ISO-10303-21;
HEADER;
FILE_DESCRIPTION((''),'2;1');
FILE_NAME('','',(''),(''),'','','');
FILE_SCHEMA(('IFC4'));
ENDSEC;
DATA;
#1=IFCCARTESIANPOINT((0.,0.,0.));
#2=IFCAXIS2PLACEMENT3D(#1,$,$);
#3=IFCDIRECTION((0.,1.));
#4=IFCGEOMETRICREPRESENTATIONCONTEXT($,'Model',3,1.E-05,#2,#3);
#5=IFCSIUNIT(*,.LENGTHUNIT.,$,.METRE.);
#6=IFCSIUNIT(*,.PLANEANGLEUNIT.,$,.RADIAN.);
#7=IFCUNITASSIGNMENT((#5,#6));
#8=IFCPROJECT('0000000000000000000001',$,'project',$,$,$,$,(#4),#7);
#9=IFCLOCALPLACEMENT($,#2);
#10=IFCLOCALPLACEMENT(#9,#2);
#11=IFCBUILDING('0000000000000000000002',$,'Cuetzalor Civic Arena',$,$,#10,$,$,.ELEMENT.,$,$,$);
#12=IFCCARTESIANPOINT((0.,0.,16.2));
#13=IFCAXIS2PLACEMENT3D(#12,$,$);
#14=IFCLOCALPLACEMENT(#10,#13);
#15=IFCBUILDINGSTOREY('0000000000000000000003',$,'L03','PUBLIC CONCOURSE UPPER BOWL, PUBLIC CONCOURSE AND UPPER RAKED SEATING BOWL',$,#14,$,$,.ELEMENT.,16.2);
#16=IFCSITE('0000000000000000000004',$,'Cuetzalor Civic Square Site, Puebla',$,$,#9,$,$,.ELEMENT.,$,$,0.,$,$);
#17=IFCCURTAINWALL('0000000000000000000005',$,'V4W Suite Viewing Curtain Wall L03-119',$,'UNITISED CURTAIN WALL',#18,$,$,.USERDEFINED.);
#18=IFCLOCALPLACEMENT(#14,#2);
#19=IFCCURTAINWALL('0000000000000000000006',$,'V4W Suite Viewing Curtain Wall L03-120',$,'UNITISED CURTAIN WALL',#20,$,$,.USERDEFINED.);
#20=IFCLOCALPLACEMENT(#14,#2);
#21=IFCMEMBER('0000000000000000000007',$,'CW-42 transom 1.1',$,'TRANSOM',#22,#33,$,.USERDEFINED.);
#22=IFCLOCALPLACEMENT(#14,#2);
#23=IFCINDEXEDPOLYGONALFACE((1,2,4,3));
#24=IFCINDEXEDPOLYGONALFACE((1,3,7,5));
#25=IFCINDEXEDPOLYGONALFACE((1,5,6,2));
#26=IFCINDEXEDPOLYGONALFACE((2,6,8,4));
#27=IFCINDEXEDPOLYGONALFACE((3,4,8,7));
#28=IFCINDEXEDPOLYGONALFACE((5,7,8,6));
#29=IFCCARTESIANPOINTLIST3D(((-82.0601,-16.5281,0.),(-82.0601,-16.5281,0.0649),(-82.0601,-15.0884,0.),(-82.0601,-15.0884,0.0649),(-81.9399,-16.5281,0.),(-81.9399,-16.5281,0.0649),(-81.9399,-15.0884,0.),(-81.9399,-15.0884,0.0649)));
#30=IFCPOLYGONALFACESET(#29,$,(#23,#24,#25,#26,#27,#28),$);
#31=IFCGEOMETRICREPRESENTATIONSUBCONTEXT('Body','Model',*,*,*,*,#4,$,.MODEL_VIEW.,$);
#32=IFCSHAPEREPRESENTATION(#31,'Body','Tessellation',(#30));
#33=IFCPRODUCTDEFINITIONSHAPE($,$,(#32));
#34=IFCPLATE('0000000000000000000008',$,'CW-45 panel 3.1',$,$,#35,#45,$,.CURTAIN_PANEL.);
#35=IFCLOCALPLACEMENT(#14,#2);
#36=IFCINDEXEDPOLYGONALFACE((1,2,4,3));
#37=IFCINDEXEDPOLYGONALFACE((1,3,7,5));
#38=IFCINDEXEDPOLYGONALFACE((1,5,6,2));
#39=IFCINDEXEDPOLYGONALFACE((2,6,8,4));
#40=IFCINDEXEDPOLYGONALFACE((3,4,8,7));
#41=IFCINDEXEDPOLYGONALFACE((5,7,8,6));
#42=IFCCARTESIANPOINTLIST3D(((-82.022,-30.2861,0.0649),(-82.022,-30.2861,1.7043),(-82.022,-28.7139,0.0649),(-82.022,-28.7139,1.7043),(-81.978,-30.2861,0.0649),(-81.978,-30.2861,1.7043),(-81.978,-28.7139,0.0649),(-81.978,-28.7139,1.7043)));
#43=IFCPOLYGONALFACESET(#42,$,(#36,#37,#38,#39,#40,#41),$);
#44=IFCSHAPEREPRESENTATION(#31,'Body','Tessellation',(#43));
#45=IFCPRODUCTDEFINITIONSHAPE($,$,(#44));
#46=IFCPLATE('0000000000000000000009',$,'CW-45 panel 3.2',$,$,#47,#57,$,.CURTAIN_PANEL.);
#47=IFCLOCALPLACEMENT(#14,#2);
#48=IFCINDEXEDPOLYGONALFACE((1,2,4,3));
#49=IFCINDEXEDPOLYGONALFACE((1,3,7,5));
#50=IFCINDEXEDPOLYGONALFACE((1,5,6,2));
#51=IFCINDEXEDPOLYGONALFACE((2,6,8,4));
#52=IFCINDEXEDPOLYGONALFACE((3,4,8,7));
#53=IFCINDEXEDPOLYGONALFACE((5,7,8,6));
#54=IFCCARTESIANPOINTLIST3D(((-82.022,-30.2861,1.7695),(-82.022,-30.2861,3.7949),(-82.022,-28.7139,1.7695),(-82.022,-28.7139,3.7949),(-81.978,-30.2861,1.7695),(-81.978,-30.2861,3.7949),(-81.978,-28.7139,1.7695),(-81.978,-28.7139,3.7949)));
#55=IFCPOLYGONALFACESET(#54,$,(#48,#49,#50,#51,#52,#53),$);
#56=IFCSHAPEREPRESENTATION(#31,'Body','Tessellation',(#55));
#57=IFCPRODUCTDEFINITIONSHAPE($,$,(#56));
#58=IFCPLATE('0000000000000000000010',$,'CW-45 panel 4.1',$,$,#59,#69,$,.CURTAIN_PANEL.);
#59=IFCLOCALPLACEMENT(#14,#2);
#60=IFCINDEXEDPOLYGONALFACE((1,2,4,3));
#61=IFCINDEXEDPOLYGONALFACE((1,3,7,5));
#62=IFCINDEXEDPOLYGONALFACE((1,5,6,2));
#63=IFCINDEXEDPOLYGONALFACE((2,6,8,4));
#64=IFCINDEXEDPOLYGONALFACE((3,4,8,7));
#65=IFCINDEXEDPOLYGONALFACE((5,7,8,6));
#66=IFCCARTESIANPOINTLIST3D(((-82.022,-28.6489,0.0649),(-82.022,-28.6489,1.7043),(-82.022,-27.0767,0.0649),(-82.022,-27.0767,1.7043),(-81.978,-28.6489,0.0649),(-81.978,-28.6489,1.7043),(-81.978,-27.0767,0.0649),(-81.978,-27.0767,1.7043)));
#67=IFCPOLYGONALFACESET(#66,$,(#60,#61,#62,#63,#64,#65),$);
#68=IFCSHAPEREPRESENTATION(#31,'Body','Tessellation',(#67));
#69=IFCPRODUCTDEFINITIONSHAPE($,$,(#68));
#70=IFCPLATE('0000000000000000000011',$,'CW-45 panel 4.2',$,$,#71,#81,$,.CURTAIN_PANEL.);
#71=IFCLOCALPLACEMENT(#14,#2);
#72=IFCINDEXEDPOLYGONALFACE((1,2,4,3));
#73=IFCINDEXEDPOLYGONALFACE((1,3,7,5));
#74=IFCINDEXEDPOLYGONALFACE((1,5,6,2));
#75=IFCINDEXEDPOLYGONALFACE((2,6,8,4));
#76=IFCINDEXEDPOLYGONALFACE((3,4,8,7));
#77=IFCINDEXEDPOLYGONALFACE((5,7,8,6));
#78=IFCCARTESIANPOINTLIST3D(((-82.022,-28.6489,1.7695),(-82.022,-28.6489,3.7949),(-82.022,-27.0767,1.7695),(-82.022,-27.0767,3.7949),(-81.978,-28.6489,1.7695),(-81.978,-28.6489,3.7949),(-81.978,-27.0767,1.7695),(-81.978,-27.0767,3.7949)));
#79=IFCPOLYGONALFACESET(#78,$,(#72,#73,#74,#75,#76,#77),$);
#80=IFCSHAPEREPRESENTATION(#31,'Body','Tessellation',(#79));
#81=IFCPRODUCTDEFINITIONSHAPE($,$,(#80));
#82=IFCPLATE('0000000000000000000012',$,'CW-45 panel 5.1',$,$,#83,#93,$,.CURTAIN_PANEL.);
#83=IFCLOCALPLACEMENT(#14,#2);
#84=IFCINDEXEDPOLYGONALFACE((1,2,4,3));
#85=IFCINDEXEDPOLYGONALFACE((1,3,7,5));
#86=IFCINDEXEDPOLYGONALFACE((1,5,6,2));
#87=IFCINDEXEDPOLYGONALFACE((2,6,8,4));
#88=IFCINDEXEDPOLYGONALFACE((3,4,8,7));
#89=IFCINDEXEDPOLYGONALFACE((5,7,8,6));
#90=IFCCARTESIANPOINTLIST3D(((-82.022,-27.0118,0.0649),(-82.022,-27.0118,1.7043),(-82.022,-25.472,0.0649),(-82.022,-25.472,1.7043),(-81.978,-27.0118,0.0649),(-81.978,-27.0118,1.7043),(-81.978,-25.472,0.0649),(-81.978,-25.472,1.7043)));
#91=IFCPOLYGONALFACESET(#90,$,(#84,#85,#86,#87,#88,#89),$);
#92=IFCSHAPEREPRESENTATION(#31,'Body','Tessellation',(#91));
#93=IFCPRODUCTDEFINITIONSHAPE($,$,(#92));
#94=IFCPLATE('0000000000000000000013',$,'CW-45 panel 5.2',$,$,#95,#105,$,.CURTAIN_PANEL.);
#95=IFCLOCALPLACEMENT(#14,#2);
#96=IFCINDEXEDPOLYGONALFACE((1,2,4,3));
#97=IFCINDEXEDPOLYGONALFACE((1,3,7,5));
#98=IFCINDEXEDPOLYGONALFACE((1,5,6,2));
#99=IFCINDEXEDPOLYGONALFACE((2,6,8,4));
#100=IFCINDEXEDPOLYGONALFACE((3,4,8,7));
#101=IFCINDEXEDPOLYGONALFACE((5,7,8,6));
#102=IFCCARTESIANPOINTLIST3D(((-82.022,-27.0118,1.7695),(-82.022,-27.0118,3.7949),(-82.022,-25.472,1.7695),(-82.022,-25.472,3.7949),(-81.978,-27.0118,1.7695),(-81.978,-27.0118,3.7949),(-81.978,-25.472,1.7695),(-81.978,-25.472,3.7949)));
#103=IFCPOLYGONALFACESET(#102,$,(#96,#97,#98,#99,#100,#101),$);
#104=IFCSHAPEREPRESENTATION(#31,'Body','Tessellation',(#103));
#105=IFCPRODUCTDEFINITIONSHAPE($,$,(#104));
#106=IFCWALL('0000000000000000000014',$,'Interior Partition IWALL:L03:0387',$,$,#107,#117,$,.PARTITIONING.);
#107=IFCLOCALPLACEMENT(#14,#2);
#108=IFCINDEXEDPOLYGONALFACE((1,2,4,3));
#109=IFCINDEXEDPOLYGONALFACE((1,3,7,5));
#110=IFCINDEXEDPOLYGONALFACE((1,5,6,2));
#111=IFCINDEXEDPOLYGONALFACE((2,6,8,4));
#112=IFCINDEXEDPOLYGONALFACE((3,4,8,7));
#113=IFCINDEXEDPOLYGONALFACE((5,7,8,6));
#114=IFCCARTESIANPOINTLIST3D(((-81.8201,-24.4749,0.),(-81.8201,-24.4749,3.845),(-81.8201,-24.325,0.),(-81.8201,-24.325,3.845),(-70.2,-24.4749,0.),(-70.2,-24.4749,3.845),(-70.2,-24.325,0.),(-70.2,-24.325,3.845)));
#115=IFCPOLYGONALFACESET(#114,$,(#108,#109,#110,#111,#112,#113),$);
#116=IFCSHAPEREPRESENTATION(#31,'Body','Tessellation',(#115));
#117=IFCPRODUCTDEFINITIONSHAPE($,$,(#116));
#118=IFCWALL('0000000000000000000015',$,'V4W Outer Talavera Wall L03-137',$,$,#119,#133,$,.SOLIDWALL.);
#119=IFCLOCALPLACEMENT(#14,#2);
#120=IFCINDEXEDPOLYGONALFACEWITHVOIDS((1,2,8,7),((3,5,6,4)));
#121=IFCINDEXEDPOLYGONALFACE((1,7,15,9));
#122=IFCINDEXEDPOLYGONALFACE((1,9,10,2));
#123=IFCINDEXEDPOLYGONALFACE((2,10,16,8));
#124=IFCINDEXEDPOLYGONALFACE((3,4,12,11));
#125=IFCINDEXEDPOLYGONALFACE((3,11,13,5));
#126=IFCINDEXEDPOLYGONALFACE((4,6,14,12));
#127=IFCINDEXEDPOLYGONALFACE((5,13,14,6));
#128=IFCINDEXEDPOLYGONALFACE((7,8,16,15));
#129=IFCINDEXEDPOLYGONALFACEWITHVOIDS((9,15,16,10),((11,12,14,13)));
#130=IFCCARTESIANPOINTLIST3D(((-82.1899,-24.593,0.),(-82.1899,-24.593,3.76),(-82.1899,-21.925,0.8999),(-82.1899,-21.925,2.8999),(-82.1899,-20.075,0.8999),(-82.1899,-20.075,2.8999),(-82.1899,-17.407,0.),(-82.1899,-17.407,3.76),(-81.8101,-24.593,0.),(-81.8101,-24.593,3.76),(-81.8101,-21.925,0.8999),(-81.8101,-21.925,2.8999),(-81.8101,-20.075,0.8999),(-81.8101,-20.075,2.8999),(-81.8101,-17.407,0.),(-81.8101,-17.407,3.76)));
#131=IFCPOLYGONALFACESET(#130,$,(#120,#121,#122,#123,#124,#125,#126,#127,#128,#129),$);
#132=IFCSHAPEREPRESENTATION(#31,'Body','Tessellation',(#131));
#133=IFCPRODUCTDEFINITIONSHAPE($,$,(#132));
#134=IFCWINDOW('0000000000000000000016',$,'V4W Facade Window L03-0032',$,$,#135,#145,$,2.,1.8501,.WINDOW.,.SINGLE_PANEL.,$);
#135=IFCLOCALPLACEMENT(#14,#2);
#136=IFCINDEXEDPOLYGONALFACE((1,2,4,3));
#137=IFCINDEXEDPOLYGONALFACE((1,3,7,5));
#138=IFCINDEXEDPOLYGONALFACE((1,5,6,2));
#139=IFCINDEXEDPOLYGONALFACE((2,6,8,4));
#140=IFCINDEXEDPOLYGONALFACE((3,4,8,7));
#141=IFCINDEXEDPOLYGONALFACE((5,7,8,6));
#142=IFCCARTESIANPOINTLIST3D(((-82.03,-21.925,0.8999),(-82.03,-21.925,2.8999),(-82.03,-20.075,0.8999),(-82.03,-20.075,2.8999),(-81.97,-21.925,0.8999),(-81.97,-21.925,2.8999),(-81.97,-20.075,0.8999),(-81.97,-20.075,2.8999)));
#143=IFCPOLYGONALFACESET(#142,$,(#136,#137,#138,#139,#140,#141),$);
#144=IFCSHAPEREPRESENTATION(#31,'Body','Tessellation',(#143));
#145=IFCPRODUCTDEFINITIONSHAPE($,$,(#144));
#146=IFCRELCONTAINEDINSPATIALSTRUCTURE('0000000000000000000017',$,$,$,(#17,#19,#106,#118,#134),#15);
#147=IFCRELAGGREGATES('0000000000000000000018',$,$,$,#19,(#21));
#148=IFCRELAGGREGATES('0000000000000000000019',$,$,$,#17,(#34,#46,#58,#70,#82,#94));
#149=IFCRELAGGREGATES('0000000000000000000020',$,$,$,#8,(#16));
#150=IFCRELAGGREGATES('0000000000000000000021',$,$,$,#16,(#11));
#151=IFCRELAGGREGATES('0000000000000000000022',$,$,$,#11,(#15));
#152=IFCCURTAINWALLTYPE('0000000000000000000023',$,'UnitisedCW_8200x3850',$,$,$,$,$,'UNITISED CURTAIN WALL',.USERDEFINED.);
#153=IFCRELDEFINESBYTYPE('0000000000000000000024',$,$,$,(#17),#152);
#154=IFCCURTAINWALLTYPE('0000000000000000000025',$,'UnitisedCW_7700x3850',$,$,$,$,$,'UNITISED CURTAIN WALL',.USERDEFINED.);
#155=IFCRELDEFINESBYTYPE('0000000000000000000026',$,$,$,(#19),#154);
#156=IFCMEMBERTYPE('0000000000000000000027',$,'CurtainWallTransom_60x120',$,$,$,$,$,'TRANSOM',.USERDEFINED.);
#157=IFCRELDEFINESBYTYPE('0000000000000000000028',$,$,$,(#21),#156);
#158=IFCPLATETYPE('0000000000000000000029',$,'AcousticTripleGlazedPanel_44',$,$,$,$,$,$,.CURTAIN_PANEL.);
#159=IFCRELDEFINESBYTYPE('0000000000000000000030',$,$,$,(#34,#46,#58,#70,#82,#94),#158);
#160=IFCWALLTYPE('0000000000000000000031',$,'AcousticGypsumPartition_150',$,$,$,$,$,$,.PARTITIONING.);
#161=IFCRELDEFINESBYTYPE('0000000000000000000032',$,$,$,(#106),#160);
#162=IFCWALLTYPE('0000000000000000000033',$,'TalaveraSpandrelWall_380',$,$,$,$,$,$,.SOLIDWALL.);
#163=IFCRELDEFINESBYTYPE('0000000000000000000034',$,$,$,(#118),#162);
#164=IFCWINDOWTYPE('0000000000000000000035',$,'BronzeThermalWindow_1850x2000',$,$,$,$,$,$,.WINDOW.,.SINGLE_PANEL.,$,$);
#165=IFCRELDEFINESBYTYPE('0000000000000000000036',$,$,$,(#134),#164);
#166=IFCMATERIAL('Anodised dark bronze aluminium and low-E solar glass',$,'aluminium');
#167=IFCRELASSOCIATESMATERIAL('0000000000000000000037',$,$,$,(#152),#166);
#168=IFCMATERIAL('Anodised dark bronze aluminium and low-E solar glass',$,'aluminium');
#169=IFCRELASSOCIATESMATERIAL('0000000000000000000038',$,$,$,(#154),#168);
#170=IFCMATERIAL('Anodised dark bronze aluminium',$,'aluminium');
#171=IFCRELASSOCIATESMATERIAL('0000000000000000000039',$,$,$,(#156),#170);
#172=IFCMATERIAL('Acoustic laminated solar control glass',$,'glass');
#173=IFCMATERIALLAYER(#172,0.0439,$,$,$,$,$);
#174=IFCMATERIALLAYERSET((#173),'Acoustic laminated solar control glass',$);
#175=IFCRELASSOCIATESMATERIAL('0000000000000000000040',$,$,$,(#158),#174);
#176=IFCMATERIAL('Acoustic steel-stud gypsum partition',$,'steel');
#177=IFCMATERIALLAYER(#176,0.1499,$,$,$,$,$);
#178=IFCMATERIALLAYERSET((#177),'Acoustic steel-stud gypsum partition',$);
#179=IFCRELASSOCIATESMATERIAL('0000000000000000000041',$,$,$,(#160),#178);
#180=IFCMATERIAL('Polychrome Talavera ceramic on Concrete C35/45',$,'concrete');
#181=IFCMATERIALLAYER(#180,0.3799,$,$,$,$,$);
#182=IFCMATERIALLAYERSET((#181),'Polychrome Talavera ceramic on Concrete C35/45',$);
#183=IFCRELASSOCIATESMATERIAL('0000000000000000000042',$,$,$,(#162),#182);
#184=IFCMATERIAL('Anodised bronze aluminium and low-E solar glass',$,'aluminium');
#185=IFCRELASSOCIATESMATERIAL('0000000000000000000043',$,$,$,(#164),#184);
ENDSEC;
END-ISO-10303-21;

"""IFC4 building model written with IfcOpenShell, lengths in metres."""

from ifc_helpers import new_model, si_unit, direction, frame, frame_2d, origin, origin_2d, place, context, subcontext, project, spatial, rectangle, extrude, material, layer, layer_set, material_profile, profile_set, type_object, element, fill, aggregate, save


model = new_model("IFC4")

# Units and contexts
model_context = context("Model", 3, precision=1e-05, world=origin(), true_north=direction((0.0, 1.0)))
body_context = subcontext(model_context, "Body", "Model", "MODEL_VIEW")
ifc_project = project(units=[si_unit("LENGTHUNIT", "METRE"), si_unit("PLANEANGLEUNIT", "RADIAN")], contexts=[model_context])

# Site, building, storey
site_placement = place(None, origin())
site = spatial("IfcSite", under=ifc_project, at=site_placement, Name="Cuetzalor Civic Square Site, Puebla", CompositionType="ELEMENT", RefElevation=0.0)
building_placement = place(site_placement, origin())
building = spatial("IfcBuilding", under=site, at=building_placement, Name="Cuetzalor Civic Arena", CompositionType="ELEMENT")
storey_placement = place(building_placement, frame((0.0, 0.0, 16.2)))
storey = spatial("IfcBuildingStorey", under=building, at=storey_placement, Name="L03", Description="PUBLIC CONCOURSE UPPER BOWL, PUBLIC CONCOURSE AND UPPER RAKED SEATING BOWL", CompositionType="ELEMENT", Elevation=16.2)

# Curtain wall
ifc_material_1 = material(Name="Anodised dark bronze aluminium and low-E solar glass", Category="aluminium")
curtain_wall_type_1 = type_object("IfcCurtainWallType", Name="UnitisedCW_8200x3850", ElementType="UNITISED CURTAIN WALL", PredefinedType="USERDEFINED", material=ifc_material_1)
curtain_wall_1_placement = place(storey_placement, origin())
curtain_wall_1 = element("IfcCurtainWall", 1, at=curtain_wall_1_placement, inside=storey, type_object=curtain_wall_type_1, Name="V4W Suite Viewing Curtain Wall L03-119", ObjectType="UNITISED CURTAIN WALL", PredefinedType="USERDEFINED")

# Curtain wall
ifc_material_2 = material(Name="Anodised dark bronze aluminium and low-E solar glass", Category="aluminium")
curtain_wall_type_2 = type_object("IfcCurtainWallType", Name="UnitisedCW_7700x3850", ElementType="UNITISED CURTAIN WALL", PredefinedType="USERDEFINED", material=ifc_material_2)
curtain_wall_2_placement = place(storey_placement, origin())
curtain_wall_2 = element("IfcCurtainWall", 2, at=curtain_wall_2_placement, inside=storey, type_object=curtain_wall_type_2, Name="V4W Suite Viewing Curtain Wall L03-120", ObjectType="UNITISED CURTAIN WALL", PredefinedType="USERDEFINED")

# Member
ifc_material_3 = material(Name="Anodised dark bronze aluminium", Category="aluminium")
ifc_material_profile_1 = material_profile(ifc_material_3, rectangle(XDim=0.1201, YDim=0.0649, at=origin_2d()), Name="ALU TRANSOM 65x120")
ifc_profile_set_1 = profile_set([ifc_material_profile_1], Name="Anodised dark bronze aluminium")
member_type_1 = type_object("IfcMemberType", Name="CurtainWallTransom_60x120", ElementType="TRANSOM", PredefinedType="USERDEFINED", material=ifc_profile_set_1)
member_1_placement = place(storey_placement, frame((-82.0, -16.5281, 0.0325), z_axis=(0.0, 1.0, 0.0), x_axis=(-1.0, 0.0, 0.0)))
member_1 = element("IfcMember", 3, at=member_1_placement, type_object=member_type_1, Name="CW-42 transom 1.1", ObjectType="TRANSOM", PredefinedType="USERDEFINED", context=body_context, shape_type="SweptSolid", body=[
    extrude(rectangle(XDim=0.1201, YDim=0.0649, at=origin_2d()), origin(), (0.0, 0.0, 1.0), 1.4397),
])
aggregate(curtain_wall_2, [member_1])

# Plates
ifc_material_4 = material(Name="Acoustic laminated solar control glass", Category="glass")
ifc_layer_1 = layer(ifc_material_4, 0.0439)
ifc_layer_set_1 = layer_set([ifc_layer_1], Name="Acoustic laminated solar control glass")
plate_type = type_object("IfcPlateType", Name="AcousticTripleGlazedPanel_44", PredefinedType="CURTAIN_PANEL", material=ifc_layer_set_1)
plate_1_placement = place(storey_placement, frame((-82.0, -29.5, 0.0649), z_axis=(0.0, 0.0, 1.0), x_axis=(0.0, 1.0, 0.0)))
plate_1 = element("IfcPlate", 4, at=plate_1_placement, type_object=plate_type, Name="CW-45 panel 3.1", PredefinedType="CURTAIN_PANEL", context=body_context, shape_type="SweptSolid", body=[
    extrude(rectangle(XDim=1.5723, YDim=0.0439, at=origin_2d()), origin(), (0.0, 0.0, 1.0), 1.6394),
])
plate_2_placement = place(storey_placement, frame((-82.0, -29.5, 1.7695), z_axis=(0.0, 0.0, 1.0), x_axis=(0.0, 1.0, 0.0)))
plate_2 = element("IfcPlate", 5, at=plate_2_placement, type_object=plate_type, Name="CW-45 panel 3.2", PredefinedType="CURTAIN_PANEL", context=body_context, shape_type="SweptSolid", body=[
    extrude(rectangle(XDim=1.5723, YDim=0.0439, at=origin_2d()), origin(), (0.0, 0.0, 1.0), 2.0254),
])
plate_3_placement = place(storey_placement, frame((-82.0, -27.8628, 0.0649), z_axis=(0.0, 0.0, 1.0), x_axis=(0.0, 1.0, 0.0)))
plate_3 = element("IfcPlate", 6, at=plate_3_placement, type_object=plate_type, Name="CW-45 panel 4.1", PredefinedType="CURTAIN_PANEL", context=body_context, shape_type="SweptSolid", body=[
    extrude(rectangle(XDim=1.5723, YDim=0.0439, at=origin_2d()), origin(), (0.0, 0.0, 1.0), 1.6394),
])
plate_4_placement = place(storey_placement, frame((-82.0, -27.8628, 1.7695), z_axis=(0.0, 0.0, 1.0), x_axis=(0.0, 1.0, 0.0)))
plate_4 = element("IfcPlate", 7, at=plate_4_placement, type_object=plate_type, Name="CW-45 panel 4.2", PredefinedType="CURTAIN_PANEL", context=body_context, shape_type="SweptSolid", body=[
    extrude(rectangle(XDim=1.5723, YDim=0.0439, at=origin_2d()), origin(), (0.0, 0.0, 1.0), 2.0254),
])
plate_5_placement = place(storey_placement, frame((-82.0, -26.2419, 0.0649), z_axis=(0.0, 0.0, 1.0), x_axis=(0.0, 1.0, 0.0)))
plate_5 = element("IfcPlate", 8, at=plate_5_placement, type_object=plate_type, Name="CW-45 panel 5.1", PredefinedType="CURTAIN_PANEL", context=body_context, shape_type="SweptSolid", body=[
    extrude(rectangle(XDim=1.5398, YDim=0.0439, at=origin_2d()), origin(), (0.0, 0.0, 1.0), 1.6394),
])
plate_6_placement = place(storey_placement, frame((-82.0, -26.2419, 1.7695), z_axis=(0.0, 0.0, 1.0), x_axis=(0.0, 1.0, 0.0)))
plate_6 = element("IfcPlate", 9, at=plate_6_placement, type_object=plate_type, Name="CW-45 panel 5.2", PredefinedType="CURTAIN_PANEL", context=body_context, shape_type="SweptSolid", body=[
    extrude(rectangle(XDim=1.5398, YDim=0.0439, at=origin_2d()), origin(), (0.0, 0.0, 1.0), 2.0254),
])
aggregate(curtain_wall_1, [plate_1, plate_2, plate_3, plate_4, plate_5, plate_6])

# Wall
ifc_material_5 = material(Name="Acoustic steel-stud gypsum partition", Category="steel")
ifc_layer_2 = layer(ifc_material_5, 0.1499)
ifc_layer_set_2 = layer_set([ifc_layer_2], Name="Acoustic steel-stud gypsum partition")
wall_type_1 = type_object("IfcWallType", Name="AcousticGypsumPartition_150", PredefinedType="PARTITIONING", material=ifc_layer_set_2)
wall_1_placement = place(storey_placement, frame((-81.8201, -24.3999, 0.0), z_axis=(0.0, 0.0, 1.0), x_axis=(1.0, 0.0, 0.0)))
element("IfcWall", 10, at=wall_1_placement, inside=storey, type_object=wall_type_1, Name="Interior Partition IWALL:L03:0387", PredefinedType="PARTITIONING", context=body_context, shape_type="SweptSolid", body=[
    extrude(rectangle(XDim=11.6201, YDim=0.1499, at=frame_2d((5.8101, 0.0))), origin(), (0.0, 0.0, 1.0), 3.845),
])

# Wall, opening, window
ifc_material_6 = material(Name="Polychrome Talavera ceramic on Concrete C35/45", Category="concrete")
ifc_layer_3 = layer(ifc_material_6, 0.3799)
ifc_layer_set_3 = layer_set([ifc_layer_3], Name="Polychrome Talavera ceramic on Concrete C35/45")
wall_type_2 = type_object("IfcWallType", Name="TalaveraSpandrelWall_380", PredefinedType="SOLIDWALL", material=ifc_layer_set_3)
wall_2_placement = place(storey_placement, frame((-82.0, -24.593, 0.0), z_axis=(0.0, 0.0, 1.0), x_axis=(0.0, 1.0, 0.0)))
wall_2 = element("IfcWall", 11, at=wall_2_placement, inside=storey, type_object=wall_type_2, Name="V4W Outer Talavera Wall L03-137", PredefinedType="SOLIDWALL", context=body_context, shape_type="SweptSolid", body=[
    extrude(rectangle(XDim=7.186, YDim=0.3799, at=frame_2d((3.593, 0.0))), origin(), (0.0, 0.0, 1.0), 3.76),
])
opening_placement = place(wall_2_placement, frame((2.668, 0.0, 0.8999)))
opening = element("IfcOpeningElement", 12, at=opening_placement, cuts=wall_2, PredefinedType="OPENING", context=body_context, shape_type="SweptSolid", body=[
    extrude(rectangle(XDim=1.8501, YDim=2.0, at=frame_2d((0.925, 1.0))), frame((0.0, 0.2, 0.0), z_axis=(0.0, -1.0, 0.0), x_axis=(1.0, 0.0, 0.0)), (0.0, 0.0, 1.0), 0.3999),
])
ifc_material_7 = material(Name="Anodised bronze aluminium and low-E solar glass", Category="aluminium")
window_type = type_object("IfcWindowType", Name="BronzeThermalWindow_1850x2000", PartitioningType="SINGLE_PANEL", PredefinedType="WINDOW", material=ifc_material_7)
window_placement = place(opening_placement, origin())
window = element("IfcWindow", 13, at=window_placement, inside=storey, type_object=window_type, Name="V4W Facade Window L03-0032", OverallHeight=2.0, OverallWidth=1.8501, PartitioningType="SINGLE_PANEL", PredefinedType="WINDOW", context=body_context, shape_type="SweptSolid", body=[
    extrude(rectangle(XDim=1.8501, YDim=2.0, at=frame_2d((0.925, 1.0))), frame((0.0, 0.03, 0.0), z_axis=(0.0, -1.0, 0.0), x_axis=(1.0, 0.0, 0.0)), (0.0, 0.0, 1.0), 0.0601),
])
fill(opening, window)

save(model, "model.ifc")
